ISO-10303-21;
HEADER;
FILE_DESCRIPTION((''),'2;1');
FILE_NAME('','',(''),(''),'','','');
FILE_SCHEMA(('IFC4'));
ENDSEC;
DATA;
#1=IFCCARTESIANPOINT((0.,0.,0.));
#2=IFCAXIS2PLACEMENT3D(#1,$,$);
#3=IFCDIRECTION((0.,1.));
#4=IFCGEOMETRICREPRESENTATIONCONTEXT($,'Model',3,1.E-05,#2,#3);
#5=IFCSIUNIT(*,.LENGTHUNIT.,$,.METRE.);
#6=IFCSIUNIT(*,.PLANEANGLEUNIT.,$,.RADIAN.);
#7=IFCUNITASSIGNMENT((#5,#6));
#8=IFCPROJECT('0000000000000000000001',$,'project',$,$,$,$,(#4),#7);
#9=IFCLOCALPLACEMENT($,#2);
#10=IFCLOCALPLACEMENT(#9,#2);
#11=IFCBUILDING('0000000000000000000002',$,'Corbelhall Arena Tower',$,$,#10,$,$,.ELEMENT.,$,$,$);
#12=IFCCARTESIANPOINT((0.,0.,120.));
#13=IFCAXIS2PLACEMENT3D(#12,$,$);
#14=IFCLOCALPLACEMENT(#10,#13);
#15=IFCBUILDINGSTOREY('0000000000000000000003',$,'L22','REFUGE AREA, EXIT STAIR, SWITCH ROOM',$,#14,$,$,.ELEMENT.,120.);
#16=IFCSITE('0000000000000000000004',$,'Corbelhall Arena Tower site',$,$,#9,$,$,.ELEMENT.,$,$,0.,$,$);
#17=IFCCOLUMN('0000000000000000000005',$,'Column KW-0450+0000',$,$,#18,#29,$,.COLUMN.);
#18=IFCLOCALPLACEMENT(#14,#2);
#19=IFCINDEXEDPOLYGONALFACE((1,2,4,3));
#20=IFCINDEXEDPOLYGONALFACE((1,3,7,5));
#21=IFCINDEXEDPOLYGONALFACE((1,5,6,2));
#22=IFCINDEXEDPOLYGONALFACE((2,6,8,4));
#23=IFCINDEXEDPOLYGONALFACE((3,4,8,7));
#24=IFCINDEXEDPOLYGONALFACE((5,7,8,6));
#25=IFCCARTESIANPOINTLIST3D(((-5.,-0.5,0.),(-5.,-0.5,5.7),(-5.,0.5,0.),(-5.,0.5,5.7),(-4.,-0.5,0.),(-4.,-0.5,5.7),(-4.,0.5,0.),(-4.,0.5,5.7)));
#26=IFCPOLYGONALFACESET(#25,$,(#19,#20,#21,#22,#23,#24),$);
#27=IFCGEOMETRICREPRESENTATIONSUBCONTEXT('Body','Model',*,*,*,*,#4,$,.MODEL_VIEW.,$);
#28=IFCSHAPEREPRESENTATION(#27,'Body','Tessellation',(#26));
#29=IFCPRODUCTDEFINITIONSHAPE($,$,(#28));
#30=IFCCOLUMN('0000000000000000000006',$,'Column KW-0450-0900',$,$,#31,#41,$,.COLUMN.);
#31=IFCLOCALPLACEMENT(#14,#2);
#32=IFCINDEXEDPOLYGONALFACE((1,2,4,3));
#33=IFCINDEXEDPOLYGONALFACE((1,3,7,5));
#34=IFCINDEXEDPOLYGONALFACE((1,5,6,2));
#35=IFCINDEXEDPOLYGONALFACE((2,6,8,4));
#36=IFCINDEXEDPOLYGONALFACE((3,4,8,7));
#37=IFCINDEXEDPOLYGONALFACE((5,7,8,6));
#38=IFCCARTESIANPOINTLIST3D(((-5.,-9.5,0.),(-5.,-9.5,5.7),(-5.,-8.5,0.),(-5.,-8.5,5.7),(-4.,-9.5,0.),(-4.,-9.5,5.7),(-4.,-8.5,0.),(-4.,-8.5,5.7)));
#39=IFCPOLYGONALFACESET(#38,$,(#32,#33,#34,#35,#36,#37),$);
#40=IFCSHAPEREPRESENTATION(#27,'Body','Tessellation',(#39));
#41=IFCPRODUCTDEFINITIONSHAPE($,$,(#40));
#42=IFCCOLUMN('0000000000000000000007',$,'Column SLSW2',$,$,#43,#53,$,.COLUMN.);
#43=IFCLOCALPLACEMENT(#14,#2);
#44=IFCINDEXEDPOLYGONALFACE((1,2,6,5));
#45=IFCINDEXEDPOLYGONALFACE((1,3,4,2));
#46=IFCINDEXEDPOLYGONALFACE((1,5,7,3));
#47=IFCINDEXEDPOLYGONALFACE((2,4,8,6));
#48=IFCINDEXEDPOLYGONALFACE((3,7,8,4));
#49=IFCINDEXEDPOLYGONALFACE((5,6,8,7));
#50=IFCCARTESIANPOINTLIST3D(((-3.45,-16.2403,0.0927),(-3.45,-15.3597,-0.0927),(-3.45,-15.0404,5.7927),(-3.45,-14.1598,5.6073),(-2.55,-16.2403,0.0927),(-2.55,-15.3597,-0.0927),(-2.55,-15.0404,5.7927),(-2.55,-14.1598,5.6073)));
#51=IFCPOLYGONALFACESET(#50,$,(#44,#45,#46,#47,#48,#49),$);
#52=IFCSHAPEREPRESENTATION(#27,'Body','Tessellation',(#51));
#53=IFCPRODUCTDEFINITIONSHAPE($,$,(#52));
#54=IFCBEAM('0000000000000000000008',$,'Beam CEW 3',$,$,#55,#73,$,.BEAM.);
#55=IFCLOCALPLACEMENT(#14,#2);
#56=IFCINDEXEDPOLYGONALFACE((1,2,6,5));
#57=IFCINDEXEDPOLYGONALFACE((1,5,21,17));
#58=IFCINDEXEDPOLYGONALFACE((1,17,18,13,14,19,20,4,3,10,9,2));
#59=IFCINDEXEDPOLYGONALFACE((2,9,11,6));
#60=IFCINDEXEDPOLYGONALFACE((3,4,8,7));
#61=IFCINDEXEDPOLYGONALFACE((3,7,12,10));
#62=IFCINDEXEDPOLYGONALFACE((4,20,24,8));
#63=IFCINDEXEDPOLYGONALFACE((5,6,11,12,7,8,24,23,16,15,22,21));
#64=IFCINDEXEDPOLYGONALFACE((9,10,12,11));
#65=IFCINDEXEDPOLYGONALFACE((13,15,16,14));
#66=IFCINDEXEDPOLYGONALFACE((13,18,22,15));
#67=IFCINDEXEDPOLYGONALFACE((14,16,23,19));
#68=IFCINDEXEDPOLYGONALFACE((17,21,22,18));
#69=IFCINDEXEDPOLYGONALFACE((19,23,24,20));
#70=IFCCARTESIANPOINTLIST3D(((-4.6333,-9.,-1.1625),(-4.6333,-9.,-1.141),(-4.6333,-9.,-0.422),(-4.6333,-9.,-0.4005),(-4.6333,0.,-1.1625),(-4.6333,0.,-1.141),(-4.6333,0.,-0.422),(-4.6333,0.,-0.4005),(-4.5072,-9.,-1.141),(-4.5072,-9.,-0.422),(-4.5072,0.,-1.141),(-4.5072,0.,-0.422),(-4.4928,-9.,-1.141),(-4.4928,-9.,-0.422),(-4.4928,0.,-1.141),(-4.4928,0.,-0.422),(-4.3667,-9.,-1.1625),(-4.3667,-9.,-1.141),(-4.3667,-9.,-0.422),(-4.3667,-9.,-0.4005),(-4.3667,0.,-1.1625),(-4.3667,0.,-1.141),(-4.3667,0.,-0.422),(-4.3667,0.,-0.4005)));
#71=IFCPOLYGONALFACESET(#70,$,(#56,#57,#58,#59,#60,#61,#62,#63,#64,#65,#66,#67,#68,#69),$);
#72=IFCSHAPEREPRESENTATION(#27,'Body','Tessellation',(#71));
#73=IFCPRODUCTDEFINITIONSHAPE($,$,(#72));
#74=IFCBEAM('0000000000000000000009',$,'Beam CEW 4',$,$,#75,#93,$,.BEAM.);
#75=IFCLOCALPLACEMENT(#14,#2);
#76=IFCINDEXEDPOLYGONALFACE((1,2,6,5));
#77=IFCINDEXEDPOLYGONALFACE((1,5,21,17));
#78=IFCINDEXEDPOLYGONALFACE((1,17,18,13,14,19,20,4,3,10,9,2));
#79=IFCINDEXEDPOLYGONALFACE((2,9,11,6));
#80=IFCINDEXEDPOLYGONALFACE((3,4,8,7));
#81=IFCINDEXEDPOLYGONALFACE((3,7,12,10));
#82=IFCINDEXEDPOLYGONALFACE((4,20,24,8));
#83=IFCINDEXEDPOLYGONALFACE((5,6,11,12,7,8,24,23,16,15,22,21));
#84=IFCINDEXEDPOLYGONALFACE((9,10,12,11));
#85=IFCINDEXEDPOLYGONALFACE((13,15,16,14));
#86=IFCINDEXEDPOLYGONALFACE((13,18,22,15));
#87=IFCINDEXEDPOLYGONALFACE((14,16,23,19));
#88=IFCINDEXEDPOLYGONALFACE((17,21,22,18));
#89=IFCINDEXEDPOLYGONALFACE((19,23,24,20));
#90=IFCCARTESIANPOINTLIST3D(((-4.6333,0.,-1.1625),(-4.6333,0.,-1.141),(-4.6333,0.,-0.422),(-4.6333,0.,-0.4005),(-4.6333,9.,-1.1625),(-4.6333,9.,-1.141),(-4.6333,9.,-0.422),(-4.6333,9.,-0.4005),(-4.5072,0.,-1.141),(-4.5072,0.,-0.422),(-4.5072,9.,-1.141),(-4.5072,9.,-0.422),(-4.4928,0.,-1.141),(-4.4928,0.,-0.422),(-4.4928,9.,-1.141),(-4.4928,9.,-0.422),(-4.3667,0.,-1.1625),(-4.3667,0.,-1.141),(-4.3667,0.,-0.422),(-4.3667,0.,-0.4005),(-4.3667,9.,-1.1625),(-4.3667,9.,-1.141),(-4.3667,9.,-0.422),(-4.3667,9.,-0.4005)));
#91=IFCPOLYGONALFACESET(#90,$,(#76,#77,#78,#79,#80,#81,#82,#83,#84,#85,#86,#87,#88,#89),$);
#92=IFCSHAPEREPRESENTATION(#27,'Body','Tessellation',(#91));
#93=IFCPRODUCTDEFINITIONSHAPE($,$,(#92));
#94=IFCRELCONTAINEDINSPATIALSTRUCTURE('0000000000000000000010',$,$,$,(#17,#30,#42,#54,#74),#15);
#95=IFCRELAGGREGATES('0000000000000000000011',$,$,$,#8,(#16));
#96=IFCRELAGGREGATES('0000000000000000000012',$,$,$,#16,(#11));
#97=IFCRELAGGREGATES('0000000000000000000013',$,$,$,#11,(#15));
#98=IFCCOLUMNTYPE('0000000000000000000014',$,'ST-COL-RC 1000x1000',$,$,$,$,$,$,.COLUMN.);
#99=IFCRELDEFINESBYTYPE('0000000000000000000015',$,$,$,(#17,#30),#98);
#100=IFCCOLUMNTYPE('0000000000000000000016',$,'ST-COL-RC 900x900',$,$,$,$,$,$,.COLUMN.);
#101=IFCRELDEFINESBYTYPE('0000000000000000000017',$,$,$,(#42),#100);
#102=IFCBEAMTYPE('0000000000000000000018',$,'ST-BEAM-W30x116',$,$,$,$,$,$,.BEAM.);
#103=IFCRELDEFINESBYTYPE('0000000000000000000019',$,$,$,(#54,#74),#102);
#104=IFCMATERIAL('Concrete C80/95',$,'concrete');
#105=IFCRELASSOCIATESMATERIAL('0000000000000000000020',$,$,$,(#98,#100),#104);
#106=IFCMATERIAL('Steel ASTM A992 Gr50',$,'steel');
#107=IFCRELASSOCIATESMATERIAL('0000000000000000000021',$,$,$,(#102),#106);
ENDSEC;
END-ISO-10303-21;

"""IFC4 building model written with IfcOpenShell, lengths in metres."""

from ifc_helpers import new_model, si_unit, direction, frame, origin, origin_2d, place, context, subcontext, project, spatial, rectangle, i_section, extrude, material, material_profile, profile_set, type_object, element, save


model = new_model("IFC4")

# Units and contexts
model_context = context("Model", 3, precision=1e-05, world=origin(), true_north=direction((0.0, 1.0)))
body_context = subcontext(model_context, "Body", "Model", "MODEL_VIEW")
ifc_project = project(units=[si_unit("LENGTHUNIT", "METRE"), si_unit("PLANEANGLEUNIT", "RADIAN")], contexts=[model_context])

# Site, building, storey
site_placement = place(None, origin())
site = spatial("IfcSite", under=ifc_project, at=site_placement, Name="Corbelhall Arena Tower site", CompositionType="ELEMENT", RefElevation=0.0)
building_placement = place(site_placement, origin())
building = spatial("IfcBuilding", under=site, at=building_placement, Name="Corbelhall Arena Tower", CompositionType="ELEMENT")
storey_placement = place(building_placement, frame((0.0, 0.0, 120.0)))
storey = spatial("IfcBuildingStorey", under=building, at=storey_placement, Name="L22", Description="REFUGE AREA, EXIT STAIR, SWITCH ROOM", CompositionType="ELEMENT", Elevation=120.0)

# Columns
ifc_material_1 = material(Name="Concrete C80/95", Category="concrete")
ifc_material_profile_1 = material_profile(ifc_material_1, rectangle(XDim=1.0, YDim=1.0, at=origin_2d()))
ifc_profile_set_1 = profile_set([ifc_material_profile_1], Name="Concrete C80/95")
column_type_1 = type_object("IfcColumnType", Name="ST-COL-RC 1000x1000", PredefinedType="COLUMN", material=ifc_profile_set_1)
for number, where, z_axis, x_axis, name in (
    (1, (-4.5, 0.0, 0.0), (0.0, 0.0, 1.0), (1.0, 0.0, 0.0), "Column KW-0450+0000"),
    (2, (-4.5, -9.0, 0.0), (0.0, 0.0, 1.0), (1.0, 0.0, 0.0), "Column KW-0450-0900"),
):
    element("IfcColumn", number, at=place(storey_placement, frame(where, z_axis=z_axis, x_axis=x_axis)), inside=storey, type_object=column_type_1, Name=name, PredefinedType="COLUMN", context=body_context, shape_type="SweptSolid", body=[
        extrude(rectangle(XDim=1.0, YDim=1.0, at=origin_2d()), origin(), (0.0, 0.0, 1.0), 5.7),
    ])
ifc_material_profile_2 = material_profile(ifc_material_1, rectangle(XDim=0.8999, YDim=0.8999, at=origin_2d()))
ifc_profile_set_2 = profile_set([ifc_material_profile_2], Name="Concrete C80/95")
column_type_2 = type_object("IfcColumnType", Name="ST-COL-RC 900x900", PredefinedType="COLUMN", material=ifc_profile_set_2)
column_placement = place(storey_placement, frame((-3.0, -15.8, 0.0), z_axis=(0.0, 0.206004, 0.978551), x_axis=(-1.0, 0.0, 0.0)))
element("IfcColumn", 3, at=column_placement, inside=storey, type_object=column_type_2, Name="Column SLSW2", PredefinedType="COLUMN", context=body_context, shape_type="SweptSolid", body=[
    extrude(rectangle(XDim=0.8999, YDim=0.8999, at=origin_2d()), origin(), (0.0, 0.0, 1.0), 5.825),
])

# Beams
ifc_material_2 = material(Name="Steel ASTM A992 Gr50", Category="steel")
ifc_material_profile_3 = material_profile(ifc_material_2, i_section(OverallWidth=0.2666, OverallDepth=0.762, WebThickness=0.0144, FlangeThickness=0.0215, at=origin_2d()))
ifc_profile_set_3 = profile_set([ifc_material_profile_3], Name="Steel ASTM A992 Gr50")
beam_type = type_object("IfcBeamType", Name="ST-BEAM-W30x116", PredefinedType="BEAM", material=ifc_profile_set_3)
for number, where, z_axis, x_axis, name in (
    (4, (-4.5, -9.0, -0.7815), (0.0, 1.0, 0.0), (-1.0, 0.0, 0.0), "Beam CEW 3"),
    (5, (-4.5, 0.0, -0.7815), (0.0, 1.0, 0.0), (-1.0, 0.0, 0.0), "Beam CEW 4"),
):
    element("IfcBeam", number, at=place(storey_placement, frame(where, z_axis=z_axis, x_axis=x_axis)), inside=storey, type_object=beam_type, Name=name, PredefinedType="BEAM", context=body_context, shape_type="SweptSolid", body=[
        extrude(i_section(OverallWidth=0.2666, OverallDepth=0.762, WebThickness=0.0144, FlangeThickness=0.0215, at=origin_2d()), origin(), (0.0, 0.0, 1.0), 9.0),
    ])

save(model, "model.ifc")
